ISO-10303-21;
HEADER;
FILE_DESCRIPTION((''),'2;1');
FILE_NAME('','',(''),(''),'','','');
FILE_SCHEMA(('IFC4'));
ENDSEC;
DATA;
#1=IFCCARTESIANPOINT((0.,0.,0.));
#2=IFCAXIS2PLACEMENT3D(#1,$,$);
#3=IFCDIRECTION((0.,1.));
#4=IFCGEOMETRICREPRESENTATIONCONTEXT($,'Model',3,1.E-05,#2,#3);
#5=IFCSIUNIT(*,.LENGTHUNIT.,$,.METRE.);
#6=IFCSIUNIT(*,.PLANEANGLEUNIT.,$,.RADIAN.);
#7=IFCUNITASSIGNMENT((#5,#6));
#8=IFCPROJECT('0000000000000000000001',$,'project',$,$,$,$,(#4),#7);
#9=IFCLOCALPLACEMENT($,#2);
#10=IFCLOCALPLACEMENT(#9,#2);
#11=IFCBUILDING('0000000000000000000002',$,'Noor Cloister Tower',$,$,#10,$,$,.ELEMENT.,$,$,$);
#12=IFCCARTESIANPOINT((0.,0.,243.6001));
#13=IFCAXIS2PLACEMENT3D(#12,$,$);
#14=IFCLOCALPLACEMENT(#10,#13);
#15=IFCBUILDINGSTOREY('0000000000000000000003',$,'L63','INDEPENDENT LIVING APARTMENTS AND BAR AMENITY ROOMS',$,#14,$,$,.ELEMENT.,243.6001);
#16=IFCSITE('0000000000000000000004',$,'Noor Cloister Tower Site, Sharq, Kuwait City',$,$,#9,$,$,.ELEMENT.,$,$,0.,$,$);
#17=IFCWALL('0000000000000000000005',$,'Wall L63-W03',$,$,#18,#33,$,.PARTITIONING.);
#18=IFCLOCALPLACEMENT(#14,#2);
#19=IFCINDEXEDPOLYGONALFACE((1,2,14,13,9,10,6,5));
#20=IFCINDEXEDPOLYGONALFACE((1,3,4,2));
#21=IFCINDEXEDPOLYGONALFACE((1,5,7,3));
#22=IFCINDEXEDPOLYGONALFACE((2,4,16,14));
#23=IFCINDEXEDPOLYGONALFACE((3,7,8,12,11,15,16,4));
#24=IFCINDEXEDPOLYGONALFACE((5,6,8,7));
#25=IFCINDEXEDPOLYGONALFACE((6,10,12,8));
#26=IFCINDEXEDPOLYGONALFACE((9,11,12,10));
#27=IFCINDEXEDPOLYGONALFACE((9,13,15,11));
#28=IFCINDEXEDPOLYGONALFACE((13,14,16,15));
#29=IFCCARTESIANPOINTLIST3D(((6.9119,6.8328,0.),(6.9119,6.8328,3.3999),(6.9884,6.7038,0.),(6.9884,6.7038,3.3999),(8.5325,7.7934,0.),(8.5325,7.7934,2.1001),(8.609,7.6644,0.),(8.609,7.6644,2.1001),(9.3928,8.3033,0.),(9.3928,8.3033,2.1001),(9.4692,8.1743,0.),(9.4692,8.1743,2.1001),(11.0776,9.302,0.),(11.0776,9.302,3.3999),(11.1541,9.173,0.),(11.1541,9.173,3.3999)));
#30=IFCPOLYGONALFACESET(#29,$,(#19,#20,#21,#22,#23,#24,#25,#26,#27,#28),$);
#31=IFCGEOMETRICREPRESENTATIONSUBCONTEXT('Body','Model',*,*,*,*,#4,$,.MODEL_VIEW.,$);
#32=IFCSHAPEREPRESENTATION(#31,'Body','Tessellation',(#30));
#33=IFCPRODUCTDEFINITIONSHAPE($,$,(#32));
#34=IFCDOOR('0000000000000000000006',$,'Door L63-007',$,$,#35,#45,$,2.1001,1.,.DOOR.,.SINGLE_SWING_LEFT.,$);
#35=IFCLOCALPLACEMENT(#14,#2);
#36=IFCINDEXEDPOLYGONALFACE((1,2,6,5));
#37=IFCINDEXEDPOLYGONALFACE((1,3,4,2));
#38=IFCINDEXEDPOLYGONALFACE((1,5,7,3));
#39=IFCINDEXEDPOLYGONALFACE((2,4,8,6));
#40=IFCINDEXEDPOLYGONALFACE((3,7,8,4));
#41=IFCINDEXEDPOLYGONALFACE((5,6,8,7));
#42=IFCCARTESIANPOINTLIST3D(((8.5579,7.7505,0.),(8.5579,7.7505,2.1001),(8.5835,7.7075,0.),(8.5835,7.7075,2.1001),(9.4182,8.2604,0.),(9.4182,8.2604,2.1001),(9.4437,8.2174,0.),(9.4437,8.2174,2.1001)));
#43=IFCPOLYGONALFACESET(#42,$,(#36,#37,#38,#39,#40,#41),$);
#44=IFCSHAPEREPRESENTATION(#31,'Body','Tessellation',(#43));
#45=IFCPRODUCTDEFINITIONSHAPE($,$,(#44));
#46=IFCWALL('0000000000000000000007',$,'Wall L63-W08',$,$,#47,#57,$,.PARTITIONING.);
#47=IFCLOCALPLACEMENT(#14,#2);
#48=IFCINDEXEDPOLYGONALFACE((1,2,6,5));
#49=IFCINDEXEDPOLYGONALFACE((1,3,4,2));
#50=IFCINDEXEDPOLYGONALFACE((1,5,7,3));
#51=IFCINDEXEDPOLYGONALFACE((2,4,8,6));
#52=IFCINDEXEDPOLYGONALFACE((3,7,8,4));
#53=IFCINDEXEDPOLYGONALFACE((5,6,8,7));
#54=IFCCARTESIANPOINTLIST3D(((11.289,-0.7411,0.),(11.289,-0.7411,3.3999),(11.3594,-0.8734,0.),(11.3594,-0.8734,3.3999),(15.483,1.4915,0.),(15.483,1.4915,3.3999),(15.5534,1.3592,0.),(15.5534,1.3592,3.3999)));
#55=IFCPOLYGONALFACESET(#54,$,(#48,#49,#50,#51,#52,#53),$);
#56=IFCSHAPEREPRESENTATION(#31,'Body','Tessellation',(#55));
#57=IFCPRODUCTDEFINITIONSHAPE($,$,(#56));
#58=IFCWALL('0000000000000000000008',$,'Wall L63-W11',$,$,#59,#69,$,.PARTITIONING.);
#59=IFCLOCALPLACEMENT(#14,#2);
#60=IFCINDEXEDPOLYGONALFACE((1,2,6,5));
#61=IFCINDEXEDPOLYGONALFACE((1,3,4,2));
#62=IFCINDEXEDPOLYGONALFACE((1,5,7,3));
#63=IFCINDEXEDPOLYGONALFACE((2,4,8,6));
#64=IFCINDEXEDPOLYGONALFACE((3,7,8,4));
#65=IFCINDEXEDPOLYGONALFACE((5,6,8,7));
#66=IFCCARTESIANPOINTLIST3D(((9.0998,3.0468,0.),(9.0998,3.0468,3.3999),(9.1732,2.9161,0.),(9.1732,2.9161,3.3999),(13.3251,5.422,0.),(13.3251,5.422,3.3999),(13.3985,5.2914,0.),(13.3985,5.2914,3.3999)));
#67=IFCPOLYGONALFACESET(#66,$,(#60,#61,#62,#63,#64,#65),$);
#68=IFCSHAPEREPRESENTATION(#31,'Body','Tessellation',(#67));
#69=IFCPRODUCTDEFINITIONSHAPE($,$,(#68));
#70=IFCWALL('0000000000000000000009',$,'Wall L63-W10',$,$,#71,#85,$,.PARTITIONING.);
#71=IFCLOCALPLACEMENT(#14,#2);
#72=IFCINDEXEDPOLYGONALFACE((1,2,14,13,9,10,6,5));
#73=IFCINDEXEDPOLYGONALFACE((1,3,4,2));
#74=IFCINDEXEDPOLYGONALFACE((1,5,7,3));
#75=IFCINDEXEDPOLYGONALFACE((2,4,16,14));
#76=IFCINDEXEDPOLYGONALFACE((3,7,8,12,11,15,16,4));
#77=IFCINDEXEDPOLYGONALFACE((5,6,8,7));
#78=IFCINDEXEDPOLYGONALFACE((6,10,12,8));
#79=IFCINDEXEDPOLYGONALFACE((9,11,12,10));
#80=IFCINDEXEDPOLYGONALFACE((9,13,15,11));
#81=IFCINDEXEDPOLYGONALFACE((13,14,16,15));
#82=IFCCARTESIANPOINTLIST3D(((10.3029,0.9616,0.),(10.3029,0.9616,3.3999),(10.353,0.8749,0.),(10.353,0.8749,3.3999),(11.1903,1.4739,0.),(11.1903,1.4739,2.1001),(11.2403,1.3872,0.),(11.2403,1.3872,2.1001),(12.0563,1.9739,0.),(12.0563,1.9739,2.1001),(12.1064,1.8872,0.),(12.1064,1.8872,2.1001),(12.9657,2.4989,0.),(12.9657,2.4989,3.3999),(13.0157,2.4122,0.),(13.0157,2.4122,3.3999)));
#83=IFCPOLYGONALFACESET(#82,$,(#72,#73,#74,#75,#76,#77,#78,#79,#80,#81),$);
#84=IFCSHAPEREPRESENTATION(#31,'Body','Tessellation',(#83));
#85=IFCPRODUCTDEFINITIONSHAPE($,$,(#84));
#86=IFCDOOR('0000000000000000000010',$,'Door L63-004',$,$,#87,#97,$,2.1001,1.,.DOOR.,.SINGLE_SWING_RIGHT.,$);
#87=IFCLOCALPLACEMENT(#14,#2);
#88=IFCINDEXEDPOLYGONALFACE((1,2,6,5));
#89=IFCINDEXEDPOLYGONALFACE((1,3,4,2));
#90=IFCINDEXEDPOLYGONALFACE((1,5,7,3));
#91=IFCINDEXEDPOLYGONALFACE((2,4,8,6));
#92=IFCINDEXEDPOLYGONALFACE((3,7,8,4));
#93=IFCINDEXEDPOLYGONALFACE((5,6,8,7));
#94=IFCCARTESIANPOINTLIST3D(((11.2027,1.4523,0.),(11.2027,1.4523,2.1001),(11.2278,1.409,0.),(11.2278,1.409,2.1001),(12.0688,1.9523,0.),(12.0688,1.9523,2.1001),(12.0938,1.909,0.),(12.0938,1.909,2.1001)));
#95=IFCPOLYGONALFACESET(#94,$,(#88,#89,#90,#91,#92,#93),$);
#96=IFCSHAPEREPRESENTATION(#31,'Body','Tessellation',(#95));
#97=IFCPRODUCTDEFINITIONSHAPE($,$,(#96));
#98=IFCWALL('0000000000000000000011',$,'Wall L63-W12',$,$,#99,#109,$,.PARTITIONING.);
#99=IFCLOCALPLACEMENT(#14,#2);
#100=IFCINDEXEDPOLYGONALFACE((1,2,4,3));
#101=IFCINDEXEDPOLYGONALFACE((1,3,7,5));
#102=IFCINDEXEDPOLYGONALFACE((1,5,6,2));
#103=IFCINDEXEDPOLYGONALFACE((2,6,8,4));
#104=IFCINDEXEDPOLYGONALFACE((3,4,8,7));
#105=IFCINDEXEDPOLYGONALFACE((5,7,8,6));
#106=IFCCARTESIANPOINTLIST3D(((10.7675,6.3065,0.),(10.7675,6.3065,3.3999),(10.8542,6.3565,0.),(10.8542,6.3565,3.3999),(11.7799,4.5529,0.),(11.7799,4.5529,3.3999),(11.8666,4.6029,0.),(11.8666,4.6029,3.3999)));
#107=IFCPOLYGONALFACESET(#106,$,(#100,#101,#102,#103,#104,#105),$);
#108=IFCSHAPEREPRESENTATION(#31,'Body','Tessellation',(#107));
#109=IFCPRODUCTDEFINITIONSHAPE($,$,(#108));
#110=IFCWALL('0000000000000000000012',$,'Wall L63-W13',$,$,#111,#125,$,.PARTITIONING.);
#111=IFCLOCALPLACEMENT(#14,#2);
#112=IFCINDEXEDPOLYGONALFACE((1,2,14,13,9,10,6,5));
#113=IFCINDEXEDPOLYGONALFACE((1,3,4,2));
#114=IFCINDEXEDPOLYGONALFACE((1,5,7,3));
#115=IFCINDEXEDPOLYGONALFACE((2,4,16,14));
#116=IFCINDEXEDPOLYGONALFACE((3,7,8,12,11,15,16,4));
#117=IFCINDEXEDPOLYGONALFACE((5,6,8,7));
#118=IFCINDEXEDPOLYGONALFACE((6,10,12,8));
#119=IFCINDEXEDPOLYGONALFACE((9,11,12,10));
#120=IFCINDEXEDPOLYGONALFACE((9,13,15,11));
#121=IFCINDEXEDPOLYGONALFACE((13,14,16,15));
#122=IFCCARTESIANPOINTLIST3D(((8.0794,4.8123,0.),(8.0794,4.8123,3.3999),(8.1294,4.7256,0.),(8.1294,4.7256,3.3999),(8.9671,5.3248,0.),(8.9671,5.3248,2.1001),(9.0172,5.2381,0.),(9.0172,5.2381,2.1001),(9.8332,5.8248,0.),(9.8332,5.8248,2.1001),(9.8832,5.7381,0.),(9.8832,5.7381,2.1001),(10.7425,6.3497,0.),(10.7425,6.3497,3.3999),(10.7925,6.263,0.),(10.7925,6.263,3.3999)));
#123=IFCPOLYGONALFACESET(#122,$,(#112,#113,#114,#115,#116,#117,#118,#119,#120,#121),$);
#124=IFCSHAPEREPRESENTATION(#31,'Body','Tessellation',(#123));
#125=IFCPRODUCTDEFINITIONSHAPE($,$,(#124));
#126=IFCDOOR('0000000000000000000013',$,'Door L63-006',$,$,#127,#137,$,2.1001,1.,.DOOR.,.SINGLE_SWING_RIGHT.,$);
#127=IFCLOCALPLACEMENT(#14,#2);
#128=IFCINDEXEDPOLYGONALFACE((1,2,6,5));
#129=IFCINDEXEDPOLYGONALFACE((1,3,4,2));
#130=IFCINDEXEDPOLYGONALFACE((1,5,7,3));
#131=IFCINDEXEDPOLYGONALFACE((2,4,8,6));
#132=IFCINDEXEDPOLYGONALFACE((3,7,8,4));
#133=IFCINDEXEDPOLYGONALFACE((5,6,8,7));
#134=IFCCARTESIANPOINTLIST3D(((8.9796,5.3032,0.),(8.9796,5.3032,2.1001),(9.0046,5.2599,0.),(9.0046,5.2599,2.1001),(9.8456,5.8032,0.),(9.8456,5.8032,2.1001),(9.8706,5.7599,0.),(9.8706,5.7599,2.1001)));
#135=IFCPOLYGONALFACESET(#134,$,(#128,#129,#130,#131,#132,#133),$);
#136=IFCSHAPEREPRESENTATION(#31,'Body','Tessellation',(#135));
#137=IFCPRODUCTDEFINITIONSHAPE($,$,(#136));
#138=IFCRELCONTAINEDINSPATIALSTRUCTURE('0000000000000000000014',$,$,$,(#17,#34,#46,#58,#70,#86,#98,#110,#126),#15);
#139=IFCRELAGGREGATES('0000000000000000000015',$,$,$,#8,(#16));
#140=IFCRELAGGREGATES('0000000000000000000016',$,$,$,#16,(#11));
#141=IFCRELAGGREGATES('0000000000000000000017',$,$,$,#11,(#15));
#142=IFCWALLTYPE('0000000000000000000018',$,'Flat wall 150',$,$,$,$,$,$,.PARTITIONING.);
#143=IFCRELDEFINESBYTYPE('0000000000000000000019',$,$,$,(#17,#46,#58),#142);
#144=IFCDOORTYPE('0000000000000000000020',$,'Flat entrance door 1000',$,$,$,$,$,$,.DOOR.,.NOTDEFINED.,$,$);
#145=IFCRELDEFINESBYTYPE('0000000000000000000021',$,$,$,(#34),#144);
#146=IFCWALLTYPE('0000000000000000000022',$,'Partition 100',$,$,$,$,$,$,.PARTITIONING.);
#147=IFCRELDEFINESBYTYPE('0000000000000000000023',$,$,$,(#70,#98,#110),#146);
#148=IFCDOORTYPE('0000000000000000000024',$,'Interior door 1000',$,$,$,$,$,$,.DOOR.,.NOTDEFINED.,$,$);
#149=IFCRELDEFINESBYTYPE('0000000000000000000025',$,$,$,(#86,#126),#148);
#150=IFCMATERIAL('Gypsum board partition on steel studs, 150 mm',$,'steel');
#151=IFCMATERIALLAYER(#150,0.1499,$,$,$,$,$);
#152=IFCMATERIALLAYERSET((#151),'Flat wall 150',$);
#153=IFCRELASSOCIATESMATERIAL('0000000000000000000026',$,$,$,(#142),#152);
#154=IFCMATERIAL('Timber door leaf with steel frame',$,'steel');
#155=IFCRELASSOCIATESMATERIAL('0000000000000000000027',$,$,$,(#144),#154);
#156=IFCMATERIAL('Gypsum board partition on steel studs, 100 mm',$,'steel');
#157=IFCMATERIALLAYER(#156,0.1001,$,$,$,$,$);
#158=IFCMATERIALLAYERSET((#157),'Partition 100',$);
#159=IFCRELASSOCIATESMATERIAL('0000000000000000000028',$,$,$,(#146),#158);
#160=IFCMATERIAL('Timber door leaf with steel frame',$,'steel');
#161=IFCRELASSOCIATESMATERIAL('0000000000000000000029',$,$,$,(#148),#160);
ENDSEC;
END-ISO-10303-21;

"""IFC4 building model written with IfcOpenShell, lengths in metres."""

from ifc_helpers import new_model, si_unit, direction, frame, frame_2d, origin, place, context, subcontext, project, spatial, rectangle, extrude, material, layer, layer_set, type_object, element, fill, save


model = new_model("IFC4")

# Units and contexts
model_context = context("Model", 3, precision=1e-05, world=origin(), true_north=direction((0.0, 1.0)))
body_context = subcontext(model_context, "Body", "Model", "MODEL_VIEW")
ifc_project = project(units=[si_unit("LENGTHUNIT", "METRE"), si_unit("PLANEANGLEUNIT", "RADIAN")], contexts=[model_context])

# Site, building, storey
site_placement = place(None, origin())
site = spatial("IfcSite", under=ifc_project, at=site_placement, Name="Noor Cloister Tower Site, Sharq, Kuwait City", CompositionType="ELEMENT", RefElevation=0.0)
building_placement = place(site_placement, origin())
building = spatial("IfcBuilding", under=site, at=building_placement, Name="Noor Cloister Tower", CompositionType="ELEMENT")
storey_placement = place(building_placement, frame((0.0, 0.0, 243.6001)))
storey = spatial("IfcBuildingStorey", under=building, at=storey_placement, Name="L63", Description="INDEPENDENT LIVING APARTMENTS AND BAR AMENITY ROOMS", CompositionType="ELEMENT", Elevation=243.6001)

# Wall, opening, door
ifc_material_1 = material(Name="Gypsum board partition on steel studs, 150 mm", Category="steel")
ifc_layer_1 = layer(ifc_material_1, 0.1499)
ifc_layer_set_1 = layer_set([ifc_layer_1], Name="Flat wall 150")
wall_type_1 = type_object("IfcWallType", Name="Flat wall 150", PredefinedType="PARTITIONING", material=ifc_layer_set_1)
wall_1_placement = place(storey_placement, frame((11.116, 9.2375, 0.0), z_axis=(0.0, 0.0, 1.0), x_axis=(-0.860234, -0.509899, 0.0)))
wall_1 = element("IfcWall", 1, at=wall_1_placement, inside=storey, type_object=wall_type_1, Name="Wall L63-W03", PredefinedType="PARTITIONING", context=body_context, shape_type="SweptSolid", body=[
    extrude(rectangle(XDim=4.8425, YDim=0.1499, at=frame_2d((2.4214, 0.0))), origin(), (0.0, 0.0, 1.0), 3.3999),
])
opening_1_placement = place(wall_1_placement, frame((1.9587, 0.0, 0.0)))
opening_1 = element("IfcOpeningElement", 2, at=opening_1_placement, cuts=wall_1, PredefinedType="OPENING", context=body_context, shape_type="SweptSolid", body=[
    extrude(rectangle(XDim=1.0, YDim=2.1001, at=frame_2d((0.5, 1.05))), frame((0.0, 0.085, 0.0), z_axis=(0.0, -1.0, 0.0), x_axis=(1.0, 0.0, 0.0)), (0.0, 0.0, 1.0), 0.1699),
])
ifc_material_2 = material(Name="Timber door leaf with steel frame", Category="steel")
door_type_1 = type_object("IfcDoorType", Name="Flat entrance door 1000", OperationType="NOTDEFINED", PredefinedType="DOOR", material=ifc_material_2)
door_1_placement = place(opening_1_placement, origin())
door_1 = element("IfcDoor", 3, at=door_1_placement, inside=storey, type_object=door_type_1, Name="Door L63-007", OperationType="SINGLE_SWING_LEFT", OverallHeight=2.1001, OverallWidth=1.0, PredefinedType="DOOR", context=body_context, shape_type="SweptSolid", body=[
    extrude(rectangle(XDim=1.0, YDim=2.1001, at=frame_2d((0.5, 1.05))), frame((0.0, 0.0249, 0.0), z_axis=(0.0, -1.0, 0.0), x_axis=(1.0, 0.0, 0.0)), (0.0, 0.0, 1.0), 0.05),
])
fill(opening_1, door_1)

# Walls
wall_2_placement = place(storey_placement, frame((15.5181, 1.4253, 0.0), z_axis=(0.0, 0.0, 1.0), x_axis=(-0.882718, -0.469903, 0.0)))
element("IfcWall", 4, at=wall_2_placement, inside=storey, type_object=wall_type_1, Name="Wall L63-W08", PredefinedType="PARTITIONING", context=body_context, shape_type="SweptSolid", body=[
    extrude(rectangle(XDim=4.7512, YDim=0.1499, at=frame_2d((2.3755, 0.0))), origin(), (0.0, 0.0, 1.0), 3.3999),
])
wall_3_placement = place(storey_placement, frame((13.3618, 5.3567, 0.0), z_axis=(0.0, 0.0, 1.0), x_axis=(-0.871709, -0.490024, 0.0)))
element("IfcWall", 5, at=wall_3_placement, inside=storey, type_object=wall_type_1, Name="Wall L63-W11", PredefinedType="PARTITIONING", context=body_context, shape_type="SweptSolid", body=[
    extrude(rectangle(XDim=4.8472, YDim=0.1499, at=frame_2d((2.4236, 0.0))), origin(), (0.0, 0.0, 1.0), 3.3999),
])

# Wall, opening, door
ifc_material_3 = material(Name="Gypsum board partition on steel studs, 100 mm", Category="steel")
ifc_layer_2 = layer(ifc_material_3, 0.1001)
ifc_layer_set_2 = layer_set([ifc_layer_2], Name="Partition 100")
wall_type_2 = type_object("IfcWallType", Name="Partition 100", PredefinedType="PARTITIONING", material=ifc_layer_set_2)
wall_4_placement = place(storey_placement, frame((12.9907, 2.4556, 0.0), z_axis=(0.0, 0.0, 1.0), x_axis=(-0.866031, -0.499991, 0.0)))
wall_4 = element("IfcWall", 6, at=wall_4_placement, inside=storey, type_object=wall_type_2, Name="Wall L63-W10", PredefinedType="PARTITIONING", context=body_context, shape_type="SweptSolid", body=[
    extrude(rectangle(XDim=3.0747, YDim=0.1001, at=frame_2d((1.5374, 0.0))), origin(), (0.0, 0.0, 1.0), 3.3999),
])
opening_2_placement = place(wall_4_placement, frame((1.05, 0.0, 0.0)))
opening_2 = element("IfcOpeningElement", 7, at=opening_2_placement, cuts=wall_4, PredefinedType="OPENING", context=body_context, shape_type="SweptSolid", body=[
    extrude(rectangle(XDim=1.0, YDim=2.1001, at=frame_2d((0.5, 1.05))), frame((0.0, 0.0601, 0.0), z_axis=(0.0, -1.0, 0.0), x_axis=(1.0, 0.0, 0.0)), (0.0, 0.0, 1.0), 0.1201),
])
ifc_material_4 = material(Name="Timber door leaf with steel frame", Category="steel")
door_type_2 = type_object("IfcDoorType", Name="Interior door 1000", OperationType="NOTDEFINED", PredefinedType="DOOR", material=ifc_material_4)
door_2_placement = place(opening_2_placement, origin())
door_2 = element("IfcDoor", 8, at=door_2_placement, inside=storey, type_object=door_type_2, Name="Door L63-004", OperationType="SINGLE_SWING_RIGHT", OverallHeight=2.1001, OverallWidth=1.0, PredefinedType="DOOR", context=body_context, shape_type="SweptSolid", body=[
    extrude(rectangle(XDim=1.0, YDim=2.1001, at=frame_2d((0.5, 1.05))), frame((0.0, 0.0249, 0.0), z_axis=(0.0, -1.0, 0.0), x_axis=(1.0, 0.0, 0.0)), (0.0, 0.0, 1.0), 0.05),
])
fill(opening_2, door_2)

# Wall
wall_5_placement = place(storey_placement, frame((11.8232, 4.5779, 0.0), z_axis=(0.0, 0.0, 1.0), x_axis=(-0.49999, 0.866031, 0.0)))
element("IfcWall", 9, at=wall_5_placement, inside=storey, type_object=wall_type_2, Name="Wall L63-W12", PredefinedType="PARTITIONING", context=body_context, shape_type="SweptSolid", body=[
    extrude(rectangle(XDim=2.0249, YDim=0.1001, at=frame_2d((1.0125, 0.0))), origin(), (0.0, 0.0, 1.0), 3.3999),
])

# Wall, opening, door
wall_6_placement = place(storey_placement, frame((10.7676, 6.3064, 0.0), z_axis=(0.0, 0.0, 1.0), x_axis=(-0.866051, -0.499956, 0.0)))
wall_6 = element("IfcWall", 10, at=wall_6_placement, inside=storey, type_object=wall_type_2, Name="Wall L63-W13", PredefinedType="PARTITIONING", context=body_context, shape_type="SweptSolid", body=[
    extrude(rectangle(XDim=3.075, YDim=0.1001, at=frame_2d((1.5376, 0.0))), origin(), (0.0, 0.0, 1.0), 3.3999),
])
opening_3_placement = place(wall_6_placement, frame((1.05, 0.0, 0.0)))
opening_3 = element("IfcOpeningElement", 11, at=opening_3_placement, cuts=wall_6, PredefinedType="OPENING", context=body_context, shape_type="SweptSolid", body=[
    extrude(rectangle(XDim=1.0, YDim=2.1001, at=frame_2d((0.5, 1.05))), frame((0.0, 0.0601, 0.0), z_axis=(0.0, -1.0, 0.0), x_axis=(1.0, 0.0, 0.0)), (0.0, 0.0, 1.0), 0.1201),
])
door_3_placement = place(opening_3_placement, origin())
door_3 = element("IfcDoor", 12, at=door_3_placement, inside=storey, type_object=door_type_2, Name="Door L63-006", OperationType="SINGLE_SWING_RIGHT", OverallHeight=2.1001, OverallWidth=1.0, PredefinedType="DOOR", context=body_context, shape_type="SweptSolid", body=[
    extrude(rectangle(XDim=1.0, YDim=2.1001, at=frame_2d((0.5, 1.05))), frame((0.0, 0.0249, 0.0), z_axis=(0.0, -1.0, 0.0), x_axis=(1.0, 0.0, 0.0)), (0.0, 0.0, 1.0), 0.05),
])
fill(opening_3, door_3)

save(model, "model.ifc")
